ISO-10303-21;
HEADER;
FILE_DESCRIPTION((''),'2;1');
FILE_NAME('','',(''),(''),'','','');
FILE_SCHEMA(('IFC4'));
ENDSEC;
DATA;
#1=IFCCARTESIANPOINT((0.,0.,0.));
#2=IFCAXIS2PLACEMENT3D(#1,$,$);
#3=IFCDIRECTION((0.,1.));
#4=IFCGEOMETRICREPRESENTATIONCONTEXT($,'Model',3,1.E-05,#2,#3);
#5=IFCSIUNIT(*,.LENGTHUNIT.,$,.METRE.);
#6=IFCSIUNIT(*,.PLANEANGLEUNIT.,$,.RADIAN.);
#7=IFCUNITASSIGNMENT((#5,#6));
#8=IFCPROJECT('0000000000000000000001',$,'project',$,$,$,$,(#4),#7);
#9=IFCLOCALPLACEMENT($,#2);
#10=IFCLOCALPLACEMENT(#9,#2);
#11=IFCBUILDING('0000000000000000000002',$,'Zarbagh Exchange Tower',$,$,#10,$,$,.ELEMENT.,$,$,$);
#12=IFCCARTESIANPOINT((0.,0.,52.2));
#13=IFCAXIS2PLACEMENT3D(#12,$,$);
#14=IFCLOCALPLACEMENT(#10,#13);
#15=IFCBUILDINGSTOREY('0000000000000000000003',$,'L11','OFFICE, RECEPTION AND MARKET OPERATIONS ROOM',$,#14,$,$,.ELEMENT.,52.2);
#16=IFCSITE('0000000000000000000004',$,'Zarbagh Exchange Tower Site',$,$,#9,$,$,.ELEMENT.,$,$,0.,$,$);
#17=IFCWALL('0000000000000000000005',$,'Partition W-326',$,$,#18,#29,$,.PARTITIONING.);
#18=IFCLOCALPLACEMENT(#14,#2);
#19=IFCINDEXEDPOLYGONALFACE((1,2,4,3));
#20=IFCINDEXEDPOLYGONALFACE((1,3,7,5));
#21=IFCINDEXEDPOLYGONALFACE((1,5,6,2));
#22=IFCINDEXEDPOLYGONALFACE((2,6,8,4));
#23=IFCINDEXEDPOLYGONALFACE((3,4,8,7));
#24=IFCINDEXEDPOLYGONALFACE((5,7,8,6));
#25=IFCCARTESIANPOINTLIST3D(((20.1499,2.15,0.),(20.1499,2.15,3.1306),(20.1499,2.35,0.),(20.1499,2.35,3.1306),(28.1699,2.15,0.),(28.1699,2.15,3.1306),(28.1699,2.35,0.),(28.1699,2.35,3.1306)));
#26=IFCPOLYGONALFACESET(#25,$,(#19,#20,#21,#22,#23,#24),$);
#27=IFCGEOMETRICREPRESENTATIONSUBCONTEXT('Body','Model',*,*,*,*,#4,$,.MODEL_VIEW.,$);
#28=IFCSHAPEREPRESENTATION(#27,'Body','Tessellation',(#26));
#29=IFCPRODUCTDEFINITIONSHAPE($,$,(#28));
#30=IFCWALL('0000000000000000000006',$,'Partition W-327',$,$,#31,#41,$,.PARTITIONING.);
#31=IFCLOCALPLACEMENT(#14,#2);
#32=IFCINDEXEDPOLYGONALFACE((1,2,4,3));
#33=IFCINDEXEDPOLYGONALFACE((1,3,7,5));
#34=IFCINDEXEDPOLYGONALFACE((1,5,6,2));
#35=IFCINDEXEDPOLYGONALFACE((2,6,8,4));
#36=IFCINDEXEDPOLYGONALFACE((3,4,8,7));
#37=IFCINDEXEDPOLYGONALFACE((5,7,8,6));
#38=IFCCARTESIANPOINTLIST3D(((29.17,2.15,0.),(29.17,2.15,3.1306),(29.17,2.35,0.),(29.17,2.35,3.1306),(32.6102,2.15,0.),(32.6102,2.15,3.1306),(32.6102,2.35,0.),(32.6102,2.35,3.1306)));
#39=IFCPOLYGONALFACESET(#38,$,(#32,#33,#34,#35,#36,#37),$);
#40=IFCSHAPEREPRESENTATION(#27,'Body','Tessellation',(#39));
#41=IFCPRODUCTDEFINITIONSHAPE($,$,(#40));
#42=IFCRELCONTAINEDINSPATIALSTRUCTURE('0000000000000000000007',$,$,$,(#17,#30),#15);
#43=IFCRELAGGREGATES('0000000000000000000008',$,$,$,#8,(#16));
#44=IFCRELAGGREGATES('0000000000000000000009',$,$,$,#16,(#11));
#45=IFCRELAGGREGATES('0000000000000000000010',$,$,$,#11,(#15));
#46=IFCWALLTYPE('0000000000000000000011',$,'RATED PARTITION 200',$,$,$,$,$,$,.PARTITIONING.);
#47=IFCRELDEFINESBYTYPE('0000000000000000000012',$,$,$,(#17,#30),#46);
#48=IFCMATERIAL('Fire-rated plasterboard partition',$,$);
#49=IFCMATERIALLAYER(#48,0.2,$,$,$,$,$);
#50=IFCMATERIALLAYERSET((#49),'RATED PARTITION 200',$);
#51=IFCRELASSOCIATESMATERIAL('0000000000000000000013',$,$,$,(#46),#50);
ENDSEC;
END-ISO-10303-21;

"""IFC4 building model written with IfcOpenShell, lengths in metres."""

from ifc_helpers import new_model, si_unit, direction, frame, frame_2d, origin, place, context, subcontext, project, spatial, rectangle, extrude, material, layer, layer_set, type_object, element, save


model = new_model("IFC4")

# Units and contexts
model_context = context("Model", 3, precision=1e-05, world=origin(), true_north=direction((0.0, 1.0)))
body_context = subcontext(model_context, "Body", "Model", "MODEL_VIEW")
ifc_project = project(units=[si_unit("LENGTHUNIT", "METRE"), si_unit("PLANEANGLEUNIT", "RADIAN")], contexts=[model_context])

# Site, building, storey
site_placement = place(None, origin())
site = spatial("IfcSite", under=ifc_project, at=site_placement, Name="Zarbagh Exchange Tower Site", CompositionType="ELEMENT", RefElevation=0.0)
building_placement = place(site_placement, origin())
building = spatial("IfcBuilding", under=site, at=building_placement, Name="Zarbagh Exchange Tower", CompositionType="ELEMENT")
storey_placement = place(building_placement, frame((0.0, 0.0, 52.2)))
storey = spatial("IfcBuildingStorey", under=building, at=storey_placement, Name="L11", Description="OFFICE, RECEPTION AND MARKET OPERATIONS ROOM", CompositionType="ELEMENT", Elevation=52.2)

# Shared definitions
ifc_material_1 = material(Name="Fire-rated plasterboard partition")
ifc_layer = layer(ifc_material_1, 0.2)
ifc_layer_set = layer_set([ifc_layer], Name="RATED PARTITION 200")
wall_type = type_object("IfcWallType", Name="RATED PARTITION 200", PredefinedType="PARTITIONING", material=ifc_layer_set)

# Walls
wall_1_placement = place(storey_placement, frame((20.1499, 2.25, 0.0), z_axis=(0.0, 0.0, 1.0), x_axis=(1.0, 0.0, 0.0)))
element("IfcWall", 1, at=wall_1_placement, inside=storey, type_object=wall_type, Name="Partition W-326", PredefinedType="PARTITIONING", context=body_context, shape_type="SweptSolid", body=[
    extrude(rectangle(XDim=8.02, YDim=0.2, at=frame_2d((4.01, 0.0))), origin(), (0.0, 0.0, 1.0), 3.1306),
])
wall_2_placement = place(storey_placement, frame((29.1699, 2.25, 0.0), z_axis=(0.0, 0.0, 1.0), x_axis=(1.0, 0.0, 0.0)))
element("IfcWall", 2, at=wall_2_placement, inside=storey, type_object=wall_type, Name="Partition W-327", PredefinedType="PARTITIONING", context=body_context, shape_type="SweptSolid", body=[
    extrude(rectangle(XDim=3.4402, YDim=0.2, at=frame_2d((1.7202, 0.0))), origin(), (0.0, 0.0, 1.0), 3.1306),
])

save(model, "model.ifc")
